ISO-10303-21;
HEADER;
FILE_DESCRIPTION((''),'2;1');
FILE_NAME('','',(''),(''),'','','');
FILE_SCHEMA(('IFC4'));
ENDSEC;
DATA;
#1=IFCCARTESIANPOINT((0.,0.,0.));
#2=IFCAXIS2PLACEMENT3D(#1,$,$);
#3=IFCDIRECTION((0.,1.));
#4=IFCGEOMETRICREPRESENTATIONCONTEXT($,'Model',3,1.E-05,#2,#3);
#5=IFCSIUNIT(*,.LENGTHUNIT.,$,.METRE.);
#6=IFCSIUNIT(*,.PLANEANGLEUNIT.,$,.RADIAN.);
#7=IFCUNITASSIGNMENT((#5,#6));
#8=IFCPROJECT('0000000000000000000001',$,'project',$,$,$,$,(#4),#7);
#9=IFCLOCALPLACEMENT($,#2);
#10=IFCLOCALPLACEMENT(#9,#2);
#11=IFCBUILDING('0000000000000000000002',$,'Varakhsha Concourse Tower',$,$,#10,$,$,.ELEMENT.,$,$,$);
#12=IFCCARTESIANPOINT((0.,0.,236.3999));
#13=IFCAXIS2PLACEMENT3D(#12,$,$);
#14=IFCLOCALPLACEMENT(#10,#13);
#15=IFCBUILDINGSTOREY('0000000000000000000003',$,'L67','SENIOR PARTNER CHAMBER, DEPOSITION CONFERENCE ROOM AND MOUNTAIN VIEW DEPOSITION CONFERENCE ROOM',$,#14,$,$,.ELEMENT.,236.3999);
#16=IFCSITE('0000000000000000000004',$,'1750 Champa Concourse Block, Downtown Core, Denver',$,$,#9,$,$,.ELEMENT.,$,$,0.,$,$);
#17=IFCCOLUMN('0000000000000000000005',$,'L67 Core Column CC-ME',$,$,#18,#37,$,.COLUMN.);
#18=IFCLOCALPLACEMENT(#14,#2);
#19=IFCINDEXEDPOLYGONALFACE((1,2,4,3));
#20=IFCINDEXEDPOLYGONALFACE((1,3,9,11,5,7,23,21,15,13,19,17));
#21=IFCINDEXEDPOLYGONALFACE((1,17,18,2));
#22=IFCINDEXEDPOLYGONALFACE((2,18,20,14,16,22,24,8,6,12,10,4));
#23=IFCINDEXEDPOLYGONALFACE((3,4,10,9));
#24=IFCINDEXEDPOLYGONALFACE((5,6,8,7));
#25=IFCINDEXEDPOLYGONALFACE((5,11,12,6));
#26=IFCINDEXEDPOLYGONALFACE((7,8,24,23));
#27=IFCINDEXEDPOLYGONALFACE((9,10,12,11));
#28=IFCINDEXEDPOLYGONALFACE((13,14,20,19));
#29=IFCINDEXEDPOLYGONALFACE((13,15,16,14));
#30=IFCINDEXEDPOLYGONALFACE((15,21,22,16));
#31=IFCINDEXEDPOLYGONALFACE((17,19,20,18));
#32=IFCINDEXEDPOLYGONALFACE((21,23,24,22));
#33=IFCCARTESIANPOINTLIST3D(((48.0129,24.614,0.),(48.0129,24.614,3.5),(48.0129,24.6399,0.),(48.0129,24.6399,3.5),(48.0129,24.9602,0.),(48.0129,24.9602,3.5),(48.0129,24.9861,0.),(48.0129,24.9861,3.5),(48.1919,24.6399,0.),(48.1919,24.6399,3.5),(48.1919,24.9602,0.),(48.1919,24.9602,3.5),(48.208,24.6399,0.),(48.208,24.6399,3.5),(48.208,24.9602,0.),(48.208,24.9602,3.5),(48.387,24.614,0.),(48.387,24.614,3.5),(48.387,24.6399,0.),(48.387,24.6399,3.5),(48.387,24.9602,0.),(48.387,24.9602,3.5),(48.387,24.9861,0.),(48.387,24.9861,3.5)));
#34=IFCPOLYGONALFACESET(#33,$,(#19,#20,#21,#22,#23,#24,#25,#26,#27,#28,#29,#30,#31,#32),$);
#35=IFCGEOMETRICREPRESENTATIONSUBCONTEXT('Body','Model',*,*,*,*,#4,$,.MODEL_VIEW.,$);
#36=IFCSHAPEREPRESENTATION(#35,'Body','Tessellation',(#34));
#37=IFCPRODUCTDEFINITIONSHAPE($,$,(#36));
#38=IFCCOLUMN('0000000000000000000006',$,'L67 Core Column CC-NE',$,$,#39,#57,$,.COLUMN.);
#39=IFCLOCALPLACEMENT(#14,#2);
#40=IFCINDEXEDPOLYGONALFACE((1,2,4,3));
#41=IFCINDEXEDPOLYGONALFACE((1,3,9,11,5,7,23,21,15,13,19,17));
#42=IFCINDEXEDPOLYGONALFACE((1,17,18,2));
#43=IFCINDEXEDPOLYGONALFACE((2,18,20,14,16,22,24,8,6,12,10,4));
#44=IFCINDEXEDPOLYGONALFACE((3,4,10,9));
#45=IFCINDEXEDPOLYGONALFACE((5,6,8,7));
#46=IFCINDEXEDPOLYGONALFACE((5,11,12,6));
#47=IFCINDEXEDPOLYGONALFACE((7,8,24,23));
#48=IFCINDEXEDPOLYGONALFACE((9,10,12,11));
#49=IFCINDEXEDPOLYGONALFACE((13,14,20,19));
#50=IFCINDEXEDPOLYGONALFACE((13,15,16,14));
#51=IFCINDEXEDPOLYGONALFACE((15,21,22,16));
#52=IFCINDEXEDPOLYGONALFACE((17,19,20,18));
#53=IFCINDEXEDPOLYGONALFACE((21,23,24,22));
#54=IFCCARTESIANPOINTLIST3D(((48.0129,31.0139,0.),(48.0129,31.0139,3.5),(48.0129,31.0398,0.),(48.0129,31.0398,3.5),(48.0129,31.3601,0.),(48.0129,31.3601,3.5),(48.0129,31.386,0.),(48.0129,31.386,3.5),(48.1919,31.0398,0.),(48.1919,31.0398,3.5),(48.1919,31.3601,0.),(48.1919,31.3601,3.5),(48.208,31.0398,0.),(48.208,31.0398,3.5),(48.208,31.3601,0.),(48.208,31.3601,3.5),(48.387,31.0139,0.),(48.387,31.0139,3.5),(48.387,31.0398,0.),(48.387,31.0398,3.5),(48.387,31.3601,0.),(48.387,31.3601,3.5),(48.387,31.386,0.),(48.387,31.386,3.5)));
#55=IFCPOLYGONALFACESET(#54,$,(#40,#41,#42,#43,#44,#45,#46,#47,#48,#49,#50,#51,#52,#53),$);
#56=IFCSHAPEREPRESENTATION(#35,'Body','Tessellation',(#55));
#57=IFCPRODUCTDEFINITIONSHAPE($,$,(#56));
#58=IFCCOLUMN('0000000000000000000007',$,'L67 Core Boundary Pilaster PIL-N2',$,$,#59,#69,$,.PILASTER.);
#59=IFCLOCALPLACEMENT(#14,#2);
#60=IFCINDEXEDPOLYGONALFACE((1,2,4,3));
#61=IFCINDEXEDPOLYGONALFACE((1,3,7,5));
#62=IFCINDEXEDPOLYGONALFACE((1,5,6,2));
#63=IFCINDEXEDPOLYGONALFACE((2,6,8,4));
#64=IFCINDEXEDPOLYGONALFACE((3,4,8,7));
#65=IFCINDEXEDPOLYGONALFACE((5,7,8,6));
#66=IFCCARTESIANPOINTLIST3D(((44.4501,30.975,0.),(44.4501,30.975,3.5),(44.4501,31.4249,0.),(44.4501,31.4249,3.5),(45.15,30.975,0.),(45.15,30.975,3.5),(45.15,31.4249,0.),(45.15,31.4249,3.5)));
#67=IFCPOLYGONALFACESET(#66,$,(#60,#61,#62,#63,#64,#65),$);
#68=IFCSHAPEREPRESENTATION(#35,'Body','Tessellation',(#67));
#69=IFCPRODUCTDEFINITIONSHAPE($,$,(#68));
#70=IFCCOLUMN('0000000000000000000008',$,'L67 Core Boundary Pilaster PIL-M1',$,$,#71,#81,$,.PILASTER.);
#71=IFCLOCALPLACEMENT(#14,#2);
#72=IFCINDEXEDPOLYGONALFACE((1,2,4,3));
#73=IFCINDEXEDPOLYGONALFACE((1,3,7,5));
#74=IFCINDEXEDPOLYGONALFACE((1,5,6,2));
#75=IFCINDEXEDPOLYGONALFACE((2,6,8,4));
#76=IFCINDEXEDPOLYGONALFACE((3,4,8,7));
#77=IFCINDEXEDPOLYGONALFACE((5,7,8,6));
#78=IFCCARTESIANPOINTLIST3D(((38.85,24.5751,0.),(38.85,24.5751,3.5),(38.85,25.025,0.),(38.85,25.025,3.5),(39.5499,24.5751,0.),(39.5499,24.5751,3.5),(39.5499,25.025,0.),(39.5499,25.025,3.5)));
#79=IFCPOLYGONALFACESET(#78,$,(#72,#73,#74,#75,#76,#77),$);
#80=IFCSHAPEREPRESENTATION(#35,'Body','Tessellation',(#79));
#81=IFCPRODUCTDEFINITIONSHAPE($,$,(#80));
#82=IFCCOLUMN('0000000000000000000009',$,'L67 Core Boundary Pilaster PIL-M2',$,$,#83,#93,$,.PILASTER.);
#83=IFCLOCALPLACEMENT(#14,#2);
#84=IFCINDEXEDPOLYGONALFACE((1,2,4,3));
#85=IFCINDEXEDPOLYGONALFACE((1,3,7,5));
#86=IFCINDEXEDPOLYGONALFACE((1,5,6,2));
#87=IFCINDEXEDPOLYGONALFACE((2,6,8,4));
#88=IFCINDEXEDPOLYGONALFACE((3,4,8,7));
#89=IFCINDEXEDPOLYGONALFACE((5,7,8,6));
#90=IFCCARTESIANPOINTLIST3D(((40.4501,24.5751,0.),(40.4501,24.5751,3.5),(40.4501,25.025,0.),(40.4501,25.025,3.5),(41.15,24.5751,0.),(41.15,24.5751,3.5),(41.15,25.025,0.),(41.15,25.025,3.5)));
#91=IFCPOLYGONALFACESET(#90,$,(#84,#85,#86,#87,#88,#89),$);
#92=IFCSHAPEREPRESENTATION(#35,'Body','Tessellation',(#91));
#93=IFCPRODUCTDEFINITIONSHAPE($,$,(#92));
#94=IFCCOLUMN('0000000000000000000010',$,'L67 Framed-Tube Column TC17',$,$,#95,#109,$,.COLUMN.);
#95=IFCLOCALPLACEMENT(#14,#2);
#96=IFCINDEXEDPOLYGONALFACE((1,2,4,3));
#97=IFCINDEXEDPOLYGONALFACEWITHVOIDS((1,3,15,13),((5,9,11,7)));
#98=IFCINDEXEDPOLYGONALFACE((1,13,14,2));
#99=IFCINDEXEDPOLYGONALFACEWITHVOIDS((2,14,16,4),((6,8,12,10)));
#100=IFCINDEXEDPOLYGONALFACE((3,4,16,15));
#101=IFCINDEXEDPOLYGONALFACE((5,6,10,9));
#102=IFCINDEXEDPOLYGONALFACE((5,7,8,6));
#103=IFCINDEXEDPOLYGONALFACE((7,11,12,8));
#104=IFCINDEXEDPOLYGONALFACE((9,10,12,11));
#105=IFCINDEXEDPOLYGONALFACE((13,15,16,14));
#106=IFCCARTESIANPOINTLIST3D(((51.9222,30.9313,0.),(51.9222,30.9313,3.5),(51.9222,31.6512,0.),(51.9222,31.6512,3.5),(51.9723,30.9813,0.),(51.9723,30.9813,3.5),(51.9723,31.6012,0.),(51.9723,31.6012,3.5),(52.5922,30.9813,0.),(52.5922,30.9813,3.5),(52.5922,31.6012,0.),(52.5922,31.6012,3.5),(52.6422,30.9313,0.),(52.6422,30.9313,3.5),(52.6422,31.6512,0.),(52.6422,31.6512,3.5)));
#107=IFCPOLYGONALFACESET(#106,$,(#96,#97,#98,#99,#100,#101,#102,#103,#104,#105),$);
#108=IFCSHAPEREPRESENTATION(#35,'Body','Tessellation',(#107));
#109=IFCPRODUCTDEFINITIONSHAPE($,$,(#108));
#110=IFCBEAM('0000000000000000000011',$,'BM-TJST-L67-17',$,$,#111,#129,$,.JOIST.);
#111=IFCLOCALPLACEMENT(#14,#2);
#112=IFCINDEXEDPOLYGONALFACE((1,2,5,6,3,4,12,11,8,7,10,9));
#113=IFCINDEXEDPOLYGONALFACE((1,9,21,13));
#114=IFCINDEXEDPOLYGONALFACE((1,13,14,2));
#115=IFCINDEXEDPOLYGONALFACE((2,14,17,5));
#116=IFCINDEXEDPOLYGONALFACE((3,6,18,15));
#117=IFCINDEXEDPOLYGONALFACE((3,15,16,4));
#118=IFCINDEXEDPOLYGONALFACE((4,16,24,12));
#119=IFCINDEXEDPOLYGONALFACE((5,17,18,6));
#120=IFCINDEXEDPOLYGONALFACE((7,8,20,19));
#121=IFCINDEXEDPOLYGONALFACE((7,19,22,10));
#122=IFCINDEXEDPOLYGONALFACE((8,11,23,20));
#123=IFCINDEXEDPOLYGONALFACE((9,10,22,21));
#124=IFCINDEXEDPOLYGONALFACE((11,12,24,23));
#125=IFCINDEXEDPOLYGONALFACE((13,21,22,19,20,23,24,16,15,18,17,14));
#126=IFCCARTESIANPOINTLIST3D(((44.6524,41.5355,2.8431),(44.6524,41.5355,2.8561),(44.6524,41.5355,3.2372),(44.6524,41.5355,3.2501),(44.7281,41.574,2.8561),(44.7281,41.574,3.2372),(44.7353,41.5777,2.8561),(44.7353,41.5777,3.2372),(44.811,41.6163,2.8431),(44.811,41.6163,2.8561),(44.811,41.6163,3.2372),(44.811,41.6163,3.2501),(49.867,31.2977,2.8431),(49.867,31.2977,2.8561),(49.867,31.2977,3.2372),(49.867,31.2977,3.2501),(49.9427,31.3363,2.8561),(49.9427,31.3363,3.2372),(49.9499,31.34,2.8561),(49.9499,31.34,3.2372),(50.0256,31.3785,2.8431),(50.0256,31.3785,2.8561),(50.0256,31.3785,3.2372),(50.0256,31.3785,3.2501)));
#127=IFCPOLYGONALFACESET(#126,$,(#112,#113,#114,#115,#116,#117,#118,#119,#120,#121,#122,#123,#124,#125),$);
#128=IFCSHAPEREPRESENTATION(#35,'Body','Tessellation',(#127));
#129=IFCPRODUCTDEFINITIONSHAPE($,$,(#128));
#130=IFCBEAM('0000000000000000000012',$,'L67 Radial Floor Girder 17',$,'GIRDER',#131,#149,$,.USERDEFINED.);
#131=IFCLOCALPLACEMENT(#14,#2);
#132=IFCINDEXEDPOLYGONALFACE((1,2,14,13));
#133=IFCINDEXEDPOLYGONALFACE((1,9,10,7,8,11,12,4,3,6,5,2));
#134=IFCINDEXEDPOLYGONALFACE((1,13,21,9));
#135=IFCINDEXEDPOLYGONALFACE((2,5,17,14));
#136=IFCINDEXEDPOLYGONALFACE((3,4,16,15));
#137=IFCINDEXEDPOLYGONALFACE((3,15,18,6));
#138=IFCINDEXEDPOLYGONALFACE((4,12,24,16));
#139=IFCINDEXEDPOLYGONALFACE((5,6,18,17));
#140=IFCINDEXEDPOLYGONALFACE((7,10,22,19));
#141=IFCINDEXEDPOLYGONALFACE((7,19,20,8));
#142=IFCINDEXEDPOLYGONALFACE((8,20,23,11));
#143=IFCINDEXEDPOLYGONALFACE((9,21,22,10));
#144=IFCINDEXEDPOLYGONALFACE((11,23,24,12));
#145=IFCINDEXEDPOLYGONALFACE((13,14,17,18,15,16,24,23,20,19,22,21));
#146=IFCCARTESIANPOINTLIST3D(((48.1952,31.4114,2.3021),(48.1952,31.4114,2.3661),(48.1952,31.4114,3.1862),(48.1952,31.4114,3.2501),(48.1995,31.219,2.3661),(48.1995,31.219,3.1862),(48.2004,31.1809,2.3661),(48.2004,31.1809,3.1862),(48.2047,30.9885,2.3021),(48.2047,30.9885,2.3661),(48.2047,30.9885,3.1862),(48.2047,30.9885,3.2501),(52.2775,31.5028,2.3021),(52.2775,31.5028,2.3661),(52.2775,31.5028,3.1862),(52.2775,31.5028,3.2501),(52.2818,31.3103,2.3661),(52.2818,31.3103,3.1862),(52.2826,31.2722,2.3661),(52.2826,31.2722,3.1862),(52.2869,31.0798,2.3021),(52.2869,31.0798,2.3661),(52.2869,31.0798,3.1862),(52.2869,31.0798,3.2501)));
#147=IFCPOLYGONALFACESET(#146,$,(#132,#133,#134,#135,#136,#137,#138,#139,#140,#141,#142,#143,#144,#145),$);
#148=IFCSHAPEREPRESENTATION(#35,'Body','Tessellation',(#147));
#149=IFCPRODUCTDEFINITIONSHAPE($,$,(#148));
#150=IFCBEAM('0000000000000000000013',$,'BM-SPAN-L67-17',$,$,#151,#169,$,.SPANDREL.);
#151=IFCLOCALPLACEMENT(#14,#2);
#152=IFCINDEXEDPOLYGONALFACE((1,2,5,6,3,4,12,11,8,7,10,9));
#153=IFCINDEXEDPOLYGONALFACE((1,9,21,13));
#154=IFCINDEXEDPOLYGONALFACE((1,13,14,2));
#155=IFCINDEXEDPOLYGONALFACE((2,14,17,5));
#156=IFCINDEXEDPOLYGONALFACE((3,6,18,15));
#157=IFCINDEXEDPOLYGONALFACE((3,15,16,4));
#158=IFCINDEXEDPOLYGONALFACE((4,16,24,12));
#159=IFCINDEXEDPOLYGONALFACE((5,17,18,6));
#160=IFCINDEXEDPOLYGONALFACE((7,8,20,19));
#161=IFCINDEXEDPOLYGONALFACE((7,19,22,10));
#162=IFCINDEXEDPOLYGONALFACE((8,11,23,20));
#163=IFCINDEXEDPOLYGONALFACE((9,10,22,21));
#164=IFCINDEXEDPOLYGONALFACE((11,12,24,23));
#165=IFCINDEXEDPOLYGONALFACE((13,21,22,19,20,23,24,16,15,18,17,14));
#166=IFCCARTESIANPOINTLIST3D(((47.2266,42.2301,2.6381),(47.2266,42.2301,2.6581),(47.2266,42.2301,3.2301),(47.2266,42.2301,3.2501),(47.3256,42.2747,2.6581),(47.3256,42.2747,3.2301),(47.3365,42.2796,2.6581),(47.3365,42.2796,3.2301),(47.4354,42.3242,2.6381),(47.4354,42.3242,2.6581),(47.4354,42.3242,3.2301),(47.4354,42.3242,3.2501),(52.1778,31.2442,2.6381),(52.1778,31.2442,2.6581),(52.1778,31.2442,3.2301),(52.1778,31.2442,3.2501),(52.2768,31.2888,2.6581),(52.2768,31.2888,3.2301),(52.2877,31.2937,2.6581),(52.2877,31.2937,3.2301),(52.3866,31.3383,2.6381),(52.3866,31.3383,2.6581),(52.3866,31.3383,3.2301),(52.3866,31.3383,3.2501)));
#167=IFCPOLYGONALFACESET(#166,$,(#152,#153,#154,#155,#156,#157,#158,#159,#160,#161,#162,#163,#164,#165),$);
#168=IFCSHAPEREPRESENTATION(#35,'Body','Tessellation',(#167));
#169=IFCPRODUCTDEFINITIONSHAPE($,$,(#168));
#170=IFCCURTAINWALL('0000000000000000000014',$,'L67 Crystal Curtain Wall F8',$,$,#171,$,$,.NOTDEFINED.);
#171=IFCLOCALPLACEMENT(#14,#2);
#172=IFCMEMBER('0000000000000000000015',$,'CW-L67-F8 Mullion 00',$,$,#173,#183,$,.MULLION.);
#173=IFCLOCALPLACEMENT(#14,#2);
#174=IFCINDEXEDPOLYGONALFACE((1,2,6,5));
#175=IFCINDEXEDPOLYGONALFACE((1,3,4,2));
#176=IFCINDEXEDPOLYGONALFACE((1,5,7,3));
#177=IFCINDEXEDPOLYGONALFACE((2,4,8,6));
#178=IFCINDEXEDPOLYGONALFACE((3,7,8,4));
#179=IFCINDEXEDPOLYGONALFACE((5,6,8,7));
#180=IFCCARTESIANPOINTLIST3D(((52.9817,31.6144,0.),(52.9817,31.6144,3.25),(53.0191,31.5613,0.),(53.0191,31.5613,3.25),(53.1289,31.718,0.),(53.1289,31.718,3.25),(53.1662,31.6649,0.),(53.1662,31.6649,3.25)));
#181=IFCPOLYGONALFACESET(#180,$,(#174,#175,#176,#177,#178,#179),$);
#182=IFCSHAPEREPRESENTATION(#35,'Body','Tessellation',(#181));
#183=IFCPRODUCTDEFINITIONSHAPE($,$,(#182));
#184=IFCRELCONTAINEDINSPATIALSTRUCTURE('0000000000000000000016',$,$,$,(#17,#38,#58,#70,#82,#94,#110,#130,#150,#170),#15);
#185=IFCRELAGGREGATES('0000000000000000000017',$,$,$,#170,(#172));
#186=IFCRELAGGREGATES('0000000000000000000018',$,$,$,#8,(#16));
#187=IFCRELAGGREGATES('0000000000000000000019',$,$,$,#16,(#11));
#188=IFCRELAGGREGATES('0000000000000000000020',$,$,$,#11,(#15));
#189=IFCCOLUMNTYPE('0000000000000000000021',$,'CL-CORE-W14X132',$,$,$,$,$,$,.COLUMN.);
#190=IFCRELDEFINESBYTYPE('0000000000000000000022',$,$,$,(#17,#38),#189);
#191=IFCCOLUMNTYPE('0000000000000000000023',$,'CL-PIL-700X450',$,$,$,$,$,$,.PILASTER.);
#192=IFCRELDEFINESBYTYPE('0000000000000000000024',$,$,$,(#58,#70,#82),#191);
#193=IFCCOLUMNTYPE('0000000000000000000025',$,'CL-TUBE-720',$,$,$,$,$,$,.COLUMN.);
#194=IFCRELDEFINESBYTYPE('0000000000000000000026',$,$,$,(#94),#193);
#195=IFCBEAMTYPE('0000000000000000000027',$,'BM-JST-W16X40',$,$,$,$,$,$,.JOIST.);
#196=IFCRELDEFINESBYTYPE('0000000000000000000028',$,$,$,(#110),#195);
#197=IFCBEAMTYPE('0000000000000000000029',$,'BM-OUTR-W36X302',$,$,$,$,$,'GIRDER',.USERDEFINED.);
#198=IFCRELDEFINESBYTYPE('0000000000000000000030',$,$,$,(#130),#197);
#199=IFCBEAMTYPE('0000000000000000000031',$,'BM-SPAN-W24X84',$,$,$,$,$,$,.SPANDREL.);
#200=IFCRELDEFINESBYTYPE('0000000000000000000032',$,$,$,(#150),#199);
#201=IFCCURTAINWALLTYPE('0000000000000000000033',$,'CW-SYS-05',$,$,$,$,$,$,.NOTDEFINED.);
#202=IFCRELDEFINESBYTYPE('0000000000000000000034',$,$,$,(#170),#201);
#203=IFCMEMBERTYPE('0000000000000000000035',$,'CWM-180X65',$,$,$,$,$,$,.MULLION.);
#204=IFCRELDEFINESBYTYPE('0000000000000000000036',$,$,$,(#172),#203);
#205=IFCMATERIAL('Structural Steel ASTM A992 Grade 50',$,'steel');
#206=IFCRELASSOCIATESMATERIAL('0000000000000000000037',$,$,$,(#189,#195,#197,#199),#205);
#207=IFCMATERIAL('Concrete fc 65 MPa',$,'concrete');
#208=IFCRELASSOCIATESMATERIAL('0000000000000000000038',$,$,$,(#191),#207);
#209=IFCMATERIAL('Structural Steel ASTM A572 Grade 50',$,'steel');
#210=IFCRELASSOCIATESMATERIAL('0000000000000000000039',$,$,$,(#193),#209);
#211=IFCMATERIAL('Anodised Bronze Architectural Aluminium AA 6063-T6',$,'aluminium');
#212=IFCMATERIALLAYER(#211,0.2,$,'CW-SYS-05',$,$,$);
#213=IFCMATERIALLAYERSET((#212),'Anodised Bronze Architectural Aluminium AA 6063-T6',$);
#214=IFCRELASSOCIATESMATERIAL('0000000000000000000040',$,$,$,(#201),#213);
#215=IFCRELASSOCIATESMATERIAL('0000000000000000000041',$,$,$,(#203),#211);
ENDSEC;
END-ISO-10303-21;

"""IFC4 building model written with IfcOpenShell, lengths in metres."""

from ifc_helpers import new_model, si_unit, direction, frame, origin, origin_2d, place, context, subcontext, project, spatial, rectangle, hollow_rectangle, i_section, extrude, source, transform, mapped, material, layer, layer_set, material_profile, profile_set, type_object, type_shapes, element, aggregate, save


model = new_model("IFC4")

# Units and contexts
model_context = context("Model", 3, precision=1e-05, world=origin(), true_north=direction((0.0, 1.0)))
body_context = subcontext(model_context, "Body", "Model", "MODEL_VIEW")
ifc_project = project(units=[si_unit("LENGTHUNIT", "METRE"), si_unit("PLANEANGLEUNIT", "RADIAN")], contexts=[model_context])

# Site, building, storey
site_placement = place(None, origin())
site = spatial("IfcSite", under=ifc_project, at=site_placement, Name="1750 Champa Concourse Block, Downtown Core, Denver", CompositionType="ELEMENT", RefElevation=0.0)
building_placement = place(site_placement, origin())
building = spatial("IfcBuilding", under=site, at=building_placement, Name="Varakhsha Concourse Tower", CompositionType="ELEMENT")
storey_placement = place(building_placement, frame((0.0, 0.0, 236.3999)))
storey = spatial("IfcBuildingStorey", under=building, at=storey_placement, Name="L67", Description="SENIOR PARTNER CHAMBER, DEPOSITION CONFERENCE ROOM AND MOUNTAIN VIEW DEPOSITION CONFERENCE ROOM", CompositionType="ELEMENT", Elevation=236.3999)

# Columns
ifc_material_1 = material(Name="Structural Steel ASTM A992 Grade 50", Category="steel")
ifc_material_profile_1 = material_profile(ifc_material_1, i_section(OverallWidth=0.374, OverallDepth=0.3721, WebThickness=0.0161, FlangeThickness=0.0259, at=origin_2d()), Name="W14X132")
ifc_profile_set_1 = profile_set([ifc_material_profile_1], Name="Structural Steel ASTM A992 Grade 50")
column_type_1 = type_object("IfcColumnType", Name="CL-CORE-W14X132", PredefinedType="COLUMN", material=ifc_profile_set_1)
for number, where, z_axis, x_axis, name in (
    (1, (48.2, 24.8, 0.0), (0.0, 0.0, 1.0), (1.0, 0.0, 0.0), "L67 Core Column CC-ME"),
    (2, (48.2, 31.2, 0.0), (0.0, 0.0, 1.0), (1.0, 0.0, 0.0), "L67 Core Column CC-NE"),
):
    element("IfcColumn", number, at=place(storey_placement, frame(where, z_axis=z_axis, x_axis=x_axis)), inside=storey, type_object=column_type_1, Name=name, PredefinedType="COLUMN", context=body_context, shape_type="SweptSolid", body=[
        extrude(i_section(OverallWidth=0.374, OverallDepth=0.3721, WebThickness=0.0161, FlangeThickness=0.0259, at=origin_2d()), origin(), (0.0, 0.0, 1.0), 3.5),
    ])
ifc_material_2 = material(Name="Concrete fc 65 MPa", Category="concrete")
ifc_material_profile_2 = material_profile(ifc_material_2, rectangle(XDim=0.7, YDim=0.45, at=origin_2d()), Name="RC 700x450")
ifc_profile_set_2 = profile_set([ifc_material_profile_2], Name="Concrete fc 65 MPa")
column_type_2 = type_object("IfcColumnType", Name="CL-PIL-700X450", PredefinedType="PILASTER", material=ifc_profile_set_2)
for number, where, z_axis, x_axis, name in (
    (3, (44.8, 31.2, 0.0), (0.0, 0.0, 1.0), (1.0, 0.0, 0.0), "L67 Core Boundary Pilaster PIL-N2"),
    (4, (39.2, 24.8, 0.0), (0.0, 0.0, 1.0), (1.0, 0.0, 0.0), "L67 Core Boundary Pilaster PIL-M1"),
    (5, (40.8, 24.8, 0.0), (0.0, 0.0, 1.0), (1.0, 0.0, 0.0), "L67 Core Boundary Pilaster PIL-M2"),
):
    element("IfcColumn", number, at=place(storey_placement, frame(where, z_axis=z_axis, x_axis=x_axis)), inside=storey, type_object=column_type_2, Name=name, PredefinedType="PILASTER", context=body_context, shape_type="SweptSolid", body=[
        extrude(rectangle(XDim=0.7, YDim=0.45, at=origin_2d()), origin(), (0.0, 0.0, 1.0), 3.5),
    ])
ifc_material_3 = material(Name="Structural Steel ASTM A572 Grade 50", Category="steel")
ifc_material_profile_3 = material_profile(ifc_material_3, hollow_rectangle(XDim=0.72, YDim=0.72, WallThickness=0.05, at=origin_2d()), Name="BOX 720x720x50")
ifc_profile_set_3 = profile_set([ifc_material_profile_3], Name="Structural Steel ASTM A572 Grade 50")
column_type_3 = type_object("IfcColumnType", Name="CL-TUBE-720", PredefinedType="COLUMN", material=ifc_profile_set_3)
column_placement = place(storey_placement, frame((52.2822, 31.2913, 0.0), z_axis=(0.0, 0.0, 1.0), x_axis=(1.0, 0.0, 0.0)))
element("IfcColumn", 6, at=column_placement, inside=storey, type_object=column_type_3, Name="L67 Framed-Tube Column TC17", PredefinedType="COLUMN", context=body_context, shape_type="SweptSolid", body=[
    extrude(hollow_rectangle(XDim=0.72, YDim=0.72, WallThickness=0.05, at=origin_2d()), origin(), (0.0, 0.0, 1.0), 3.5),
])

# Beams
ifc_material_profile_4 = material_profile(ifc_material_1, i_section(OverallWidth=0.178, OverallDepth=0.407, WebThickness=0.0081, FlangeThickness=0.0129, at=origin_2d()), Name="W16X40")
ifc_profile_set_4 = profile_set([ifc_material_profile_4], Name="Structural Steel ASTM A992 Grade 50")
beam_type_1 = type_object("IfcBeamType", Name="BM-JST-W16X40", PredefinedType="JOIST", material=ifc_profile_set_4)
beam_1_placement = place(storey_placement, frame((49.9463, 31.3381, 3.0466), z_axis=(-0.453865, 0.89107, 0.0), x_axis=(-0.89107, -0.453865, 0.0)))
element("IfcBeam", 7, at=beam_1_placement, inside=storey, type_object=beam_type_1, Name="BM-TJST-L67-17", PredefinedType="JOIST", context=body_context, shape_type="SweptSolid", body=[
    extrude(i_section(OverallWidth=0.178, OverallDepth=0.407, WebThickness=0.0081, FlangeThickness=0.0129, at=origin_2d()), origin(), (0.0, 0.0, 1.0), 11.4893),
])
ifc_material_profile_5 = material_profile(ifc_material_1, i_section(OverallWidth=0.4231, OverallDepth=0.948, WebThickness=0.0381, FlangeThickness=0.064, at=origin_2d()), Name="W36X302")
ifc_profile_set_5 = profile_set([ifc_material_profile_5], Name="Structural Steel ASTM A992 Grade 50")
beam_type_2 = type_object("IfcBeamType", Name="BM-OUTR-W36X302", ElementType="GIRDER", PredefinedType="USERDEFINED", material=ifc_profile_set_5)
beam_2_placement = place(storey_placement, frame((48.2, 31.2, 2.7761), z_axis=(0.99975, 0.022361, 0.0), x_axis=(-0.022361, 0.99975, 0.0)))
element("IfcBeam", 8, at=beam_2_placement, inside=storey, type_object=beam_type_2, Name="L67 Radial Floor Girder 17", ObjectType="GIRDER", PredefinedType="USERDEFINED", context=body_context, shape_type="SweptSolid", body=[
    extrude(i_section(OverallWidth=0.4231, OverallDepth=0.948, WebThickness=0.0381, FlangeThickness=0.064, at=origin_2d()), origin(), (0.0, 0.0, 1.0), 4.0833),
])
ifc_material_profile_6 = material_profile(ifc_material_1, i_section(OverallWidth=0.229, OverallDepth=0.6121, WebThickness=0.012, FlangeThickness=0.02, at=origin_2d()), Name="W24X84")
ifc_profile_set_6 = profile_set([ifc_material_profile_6], Name="Structural Steel ASTM A992 Grade 50")
beam_type_3 = type_object("IfcBeamType", Name="BM-SPAN-W24X84", PredefinedType="SPANDREL", material=ifc_profile_set_6)
beam_3_placement = place(storey_placement, frame((52.2822, 31.2913, 2.9441), z_axis=(-0.410885, 0.911687, 0.0), x_axis=(-0.911687, -0.410885, 0.0)))
element("IfcBeam", 9, at=beam_3_placement, inside=storey, type_object=beam_type_3, Name="BM-SPAN-L67-17", PredefinedType="SPANDREL", context=body_context, shape_type="SweptSolid", body=[
    extrude(i_section(OverallWidth=0.229, OverallDepth=0.6121, WebThickness=0.012, FlangeThickness=0.02, at=origin_2d()), origin(), (0.0, 0.0, 1.0), 12.05),
])

# Curtain wall, member
ifc_material_4 = material(Name="Anodised Bronze Architectural Aluminium AA 6063-T6", Category="aluminium")
ifc_layer_1 = layer(ifc_material_4, 0.2, Name="CW-SYS-05")
ifc_layer_set_1 = layer_set([ifc_layer_1], Name="Anodised Bronze Architectural Aluminium AA 6063-T6")
curtain_wall_type = type_object("IfcCurtainWallType", Name="CW-SYS-05", PredefinedType="NOTDEFINED", material=ifc_layer_set_1)
curtain_wall_1_placement = place(storey_placement, origin())
curtain_wall_1 = element("IfcCurtainWall", 10, at=curtain_wall_1_placement, inside=storey, type_object=curtain_wall_type, Name="L67 Crystal Curtain Wall F8", PredefinedType="NOTDEFINED")
ifc_material_profile_7 = material_profile(ifc_material_4, rectangle(XDim=0.0649, YDim=0.1799, at=origin_2d()), Name="CWM-180X65")
ifc_profile_set_7 = profile_set([ifc_material_profile_7], Name="Anodised Bronze Architectural Aluminium AA 6063-T6")
member_type_1 = type_object("IfcMemberType", Name="CWM-180X65", PredefinedType="MULLION", material=ifc_profile_set_7)
shared_shape_1 = source(origin(), body_context, "Body", "SweptSolid", [
    extrude(rectangle(XDim=0.0649, YDim=0.1799, at=origin_2d()), origin(), (0.0, 0.0, 1.0), 3.25),
])
type_shapes(member_type_1, [shared_shape_1])
member_1_placement = place(storey_placement, frame((53.074, 31.6396, 0.0), z_axis=(0.0, 0.0, 1.0), x_axis=(0.575444, -0.817842, 0.0)))
member_1 = element("IfcMember", 11, at=member_1_placement, type_object=member_type_1, Name="CW-L67-F8 Mullion 00", PredefinedType="MULLION", context=body_context, shape_type="MappedRepresentation", body=[
    mapped(shared_shape_1, transform((0.0, 0.0, 0.0), scale=1.0)),
])

aggregate(curtain_wall_1, [member_1])

save(model, "model.ifc")
